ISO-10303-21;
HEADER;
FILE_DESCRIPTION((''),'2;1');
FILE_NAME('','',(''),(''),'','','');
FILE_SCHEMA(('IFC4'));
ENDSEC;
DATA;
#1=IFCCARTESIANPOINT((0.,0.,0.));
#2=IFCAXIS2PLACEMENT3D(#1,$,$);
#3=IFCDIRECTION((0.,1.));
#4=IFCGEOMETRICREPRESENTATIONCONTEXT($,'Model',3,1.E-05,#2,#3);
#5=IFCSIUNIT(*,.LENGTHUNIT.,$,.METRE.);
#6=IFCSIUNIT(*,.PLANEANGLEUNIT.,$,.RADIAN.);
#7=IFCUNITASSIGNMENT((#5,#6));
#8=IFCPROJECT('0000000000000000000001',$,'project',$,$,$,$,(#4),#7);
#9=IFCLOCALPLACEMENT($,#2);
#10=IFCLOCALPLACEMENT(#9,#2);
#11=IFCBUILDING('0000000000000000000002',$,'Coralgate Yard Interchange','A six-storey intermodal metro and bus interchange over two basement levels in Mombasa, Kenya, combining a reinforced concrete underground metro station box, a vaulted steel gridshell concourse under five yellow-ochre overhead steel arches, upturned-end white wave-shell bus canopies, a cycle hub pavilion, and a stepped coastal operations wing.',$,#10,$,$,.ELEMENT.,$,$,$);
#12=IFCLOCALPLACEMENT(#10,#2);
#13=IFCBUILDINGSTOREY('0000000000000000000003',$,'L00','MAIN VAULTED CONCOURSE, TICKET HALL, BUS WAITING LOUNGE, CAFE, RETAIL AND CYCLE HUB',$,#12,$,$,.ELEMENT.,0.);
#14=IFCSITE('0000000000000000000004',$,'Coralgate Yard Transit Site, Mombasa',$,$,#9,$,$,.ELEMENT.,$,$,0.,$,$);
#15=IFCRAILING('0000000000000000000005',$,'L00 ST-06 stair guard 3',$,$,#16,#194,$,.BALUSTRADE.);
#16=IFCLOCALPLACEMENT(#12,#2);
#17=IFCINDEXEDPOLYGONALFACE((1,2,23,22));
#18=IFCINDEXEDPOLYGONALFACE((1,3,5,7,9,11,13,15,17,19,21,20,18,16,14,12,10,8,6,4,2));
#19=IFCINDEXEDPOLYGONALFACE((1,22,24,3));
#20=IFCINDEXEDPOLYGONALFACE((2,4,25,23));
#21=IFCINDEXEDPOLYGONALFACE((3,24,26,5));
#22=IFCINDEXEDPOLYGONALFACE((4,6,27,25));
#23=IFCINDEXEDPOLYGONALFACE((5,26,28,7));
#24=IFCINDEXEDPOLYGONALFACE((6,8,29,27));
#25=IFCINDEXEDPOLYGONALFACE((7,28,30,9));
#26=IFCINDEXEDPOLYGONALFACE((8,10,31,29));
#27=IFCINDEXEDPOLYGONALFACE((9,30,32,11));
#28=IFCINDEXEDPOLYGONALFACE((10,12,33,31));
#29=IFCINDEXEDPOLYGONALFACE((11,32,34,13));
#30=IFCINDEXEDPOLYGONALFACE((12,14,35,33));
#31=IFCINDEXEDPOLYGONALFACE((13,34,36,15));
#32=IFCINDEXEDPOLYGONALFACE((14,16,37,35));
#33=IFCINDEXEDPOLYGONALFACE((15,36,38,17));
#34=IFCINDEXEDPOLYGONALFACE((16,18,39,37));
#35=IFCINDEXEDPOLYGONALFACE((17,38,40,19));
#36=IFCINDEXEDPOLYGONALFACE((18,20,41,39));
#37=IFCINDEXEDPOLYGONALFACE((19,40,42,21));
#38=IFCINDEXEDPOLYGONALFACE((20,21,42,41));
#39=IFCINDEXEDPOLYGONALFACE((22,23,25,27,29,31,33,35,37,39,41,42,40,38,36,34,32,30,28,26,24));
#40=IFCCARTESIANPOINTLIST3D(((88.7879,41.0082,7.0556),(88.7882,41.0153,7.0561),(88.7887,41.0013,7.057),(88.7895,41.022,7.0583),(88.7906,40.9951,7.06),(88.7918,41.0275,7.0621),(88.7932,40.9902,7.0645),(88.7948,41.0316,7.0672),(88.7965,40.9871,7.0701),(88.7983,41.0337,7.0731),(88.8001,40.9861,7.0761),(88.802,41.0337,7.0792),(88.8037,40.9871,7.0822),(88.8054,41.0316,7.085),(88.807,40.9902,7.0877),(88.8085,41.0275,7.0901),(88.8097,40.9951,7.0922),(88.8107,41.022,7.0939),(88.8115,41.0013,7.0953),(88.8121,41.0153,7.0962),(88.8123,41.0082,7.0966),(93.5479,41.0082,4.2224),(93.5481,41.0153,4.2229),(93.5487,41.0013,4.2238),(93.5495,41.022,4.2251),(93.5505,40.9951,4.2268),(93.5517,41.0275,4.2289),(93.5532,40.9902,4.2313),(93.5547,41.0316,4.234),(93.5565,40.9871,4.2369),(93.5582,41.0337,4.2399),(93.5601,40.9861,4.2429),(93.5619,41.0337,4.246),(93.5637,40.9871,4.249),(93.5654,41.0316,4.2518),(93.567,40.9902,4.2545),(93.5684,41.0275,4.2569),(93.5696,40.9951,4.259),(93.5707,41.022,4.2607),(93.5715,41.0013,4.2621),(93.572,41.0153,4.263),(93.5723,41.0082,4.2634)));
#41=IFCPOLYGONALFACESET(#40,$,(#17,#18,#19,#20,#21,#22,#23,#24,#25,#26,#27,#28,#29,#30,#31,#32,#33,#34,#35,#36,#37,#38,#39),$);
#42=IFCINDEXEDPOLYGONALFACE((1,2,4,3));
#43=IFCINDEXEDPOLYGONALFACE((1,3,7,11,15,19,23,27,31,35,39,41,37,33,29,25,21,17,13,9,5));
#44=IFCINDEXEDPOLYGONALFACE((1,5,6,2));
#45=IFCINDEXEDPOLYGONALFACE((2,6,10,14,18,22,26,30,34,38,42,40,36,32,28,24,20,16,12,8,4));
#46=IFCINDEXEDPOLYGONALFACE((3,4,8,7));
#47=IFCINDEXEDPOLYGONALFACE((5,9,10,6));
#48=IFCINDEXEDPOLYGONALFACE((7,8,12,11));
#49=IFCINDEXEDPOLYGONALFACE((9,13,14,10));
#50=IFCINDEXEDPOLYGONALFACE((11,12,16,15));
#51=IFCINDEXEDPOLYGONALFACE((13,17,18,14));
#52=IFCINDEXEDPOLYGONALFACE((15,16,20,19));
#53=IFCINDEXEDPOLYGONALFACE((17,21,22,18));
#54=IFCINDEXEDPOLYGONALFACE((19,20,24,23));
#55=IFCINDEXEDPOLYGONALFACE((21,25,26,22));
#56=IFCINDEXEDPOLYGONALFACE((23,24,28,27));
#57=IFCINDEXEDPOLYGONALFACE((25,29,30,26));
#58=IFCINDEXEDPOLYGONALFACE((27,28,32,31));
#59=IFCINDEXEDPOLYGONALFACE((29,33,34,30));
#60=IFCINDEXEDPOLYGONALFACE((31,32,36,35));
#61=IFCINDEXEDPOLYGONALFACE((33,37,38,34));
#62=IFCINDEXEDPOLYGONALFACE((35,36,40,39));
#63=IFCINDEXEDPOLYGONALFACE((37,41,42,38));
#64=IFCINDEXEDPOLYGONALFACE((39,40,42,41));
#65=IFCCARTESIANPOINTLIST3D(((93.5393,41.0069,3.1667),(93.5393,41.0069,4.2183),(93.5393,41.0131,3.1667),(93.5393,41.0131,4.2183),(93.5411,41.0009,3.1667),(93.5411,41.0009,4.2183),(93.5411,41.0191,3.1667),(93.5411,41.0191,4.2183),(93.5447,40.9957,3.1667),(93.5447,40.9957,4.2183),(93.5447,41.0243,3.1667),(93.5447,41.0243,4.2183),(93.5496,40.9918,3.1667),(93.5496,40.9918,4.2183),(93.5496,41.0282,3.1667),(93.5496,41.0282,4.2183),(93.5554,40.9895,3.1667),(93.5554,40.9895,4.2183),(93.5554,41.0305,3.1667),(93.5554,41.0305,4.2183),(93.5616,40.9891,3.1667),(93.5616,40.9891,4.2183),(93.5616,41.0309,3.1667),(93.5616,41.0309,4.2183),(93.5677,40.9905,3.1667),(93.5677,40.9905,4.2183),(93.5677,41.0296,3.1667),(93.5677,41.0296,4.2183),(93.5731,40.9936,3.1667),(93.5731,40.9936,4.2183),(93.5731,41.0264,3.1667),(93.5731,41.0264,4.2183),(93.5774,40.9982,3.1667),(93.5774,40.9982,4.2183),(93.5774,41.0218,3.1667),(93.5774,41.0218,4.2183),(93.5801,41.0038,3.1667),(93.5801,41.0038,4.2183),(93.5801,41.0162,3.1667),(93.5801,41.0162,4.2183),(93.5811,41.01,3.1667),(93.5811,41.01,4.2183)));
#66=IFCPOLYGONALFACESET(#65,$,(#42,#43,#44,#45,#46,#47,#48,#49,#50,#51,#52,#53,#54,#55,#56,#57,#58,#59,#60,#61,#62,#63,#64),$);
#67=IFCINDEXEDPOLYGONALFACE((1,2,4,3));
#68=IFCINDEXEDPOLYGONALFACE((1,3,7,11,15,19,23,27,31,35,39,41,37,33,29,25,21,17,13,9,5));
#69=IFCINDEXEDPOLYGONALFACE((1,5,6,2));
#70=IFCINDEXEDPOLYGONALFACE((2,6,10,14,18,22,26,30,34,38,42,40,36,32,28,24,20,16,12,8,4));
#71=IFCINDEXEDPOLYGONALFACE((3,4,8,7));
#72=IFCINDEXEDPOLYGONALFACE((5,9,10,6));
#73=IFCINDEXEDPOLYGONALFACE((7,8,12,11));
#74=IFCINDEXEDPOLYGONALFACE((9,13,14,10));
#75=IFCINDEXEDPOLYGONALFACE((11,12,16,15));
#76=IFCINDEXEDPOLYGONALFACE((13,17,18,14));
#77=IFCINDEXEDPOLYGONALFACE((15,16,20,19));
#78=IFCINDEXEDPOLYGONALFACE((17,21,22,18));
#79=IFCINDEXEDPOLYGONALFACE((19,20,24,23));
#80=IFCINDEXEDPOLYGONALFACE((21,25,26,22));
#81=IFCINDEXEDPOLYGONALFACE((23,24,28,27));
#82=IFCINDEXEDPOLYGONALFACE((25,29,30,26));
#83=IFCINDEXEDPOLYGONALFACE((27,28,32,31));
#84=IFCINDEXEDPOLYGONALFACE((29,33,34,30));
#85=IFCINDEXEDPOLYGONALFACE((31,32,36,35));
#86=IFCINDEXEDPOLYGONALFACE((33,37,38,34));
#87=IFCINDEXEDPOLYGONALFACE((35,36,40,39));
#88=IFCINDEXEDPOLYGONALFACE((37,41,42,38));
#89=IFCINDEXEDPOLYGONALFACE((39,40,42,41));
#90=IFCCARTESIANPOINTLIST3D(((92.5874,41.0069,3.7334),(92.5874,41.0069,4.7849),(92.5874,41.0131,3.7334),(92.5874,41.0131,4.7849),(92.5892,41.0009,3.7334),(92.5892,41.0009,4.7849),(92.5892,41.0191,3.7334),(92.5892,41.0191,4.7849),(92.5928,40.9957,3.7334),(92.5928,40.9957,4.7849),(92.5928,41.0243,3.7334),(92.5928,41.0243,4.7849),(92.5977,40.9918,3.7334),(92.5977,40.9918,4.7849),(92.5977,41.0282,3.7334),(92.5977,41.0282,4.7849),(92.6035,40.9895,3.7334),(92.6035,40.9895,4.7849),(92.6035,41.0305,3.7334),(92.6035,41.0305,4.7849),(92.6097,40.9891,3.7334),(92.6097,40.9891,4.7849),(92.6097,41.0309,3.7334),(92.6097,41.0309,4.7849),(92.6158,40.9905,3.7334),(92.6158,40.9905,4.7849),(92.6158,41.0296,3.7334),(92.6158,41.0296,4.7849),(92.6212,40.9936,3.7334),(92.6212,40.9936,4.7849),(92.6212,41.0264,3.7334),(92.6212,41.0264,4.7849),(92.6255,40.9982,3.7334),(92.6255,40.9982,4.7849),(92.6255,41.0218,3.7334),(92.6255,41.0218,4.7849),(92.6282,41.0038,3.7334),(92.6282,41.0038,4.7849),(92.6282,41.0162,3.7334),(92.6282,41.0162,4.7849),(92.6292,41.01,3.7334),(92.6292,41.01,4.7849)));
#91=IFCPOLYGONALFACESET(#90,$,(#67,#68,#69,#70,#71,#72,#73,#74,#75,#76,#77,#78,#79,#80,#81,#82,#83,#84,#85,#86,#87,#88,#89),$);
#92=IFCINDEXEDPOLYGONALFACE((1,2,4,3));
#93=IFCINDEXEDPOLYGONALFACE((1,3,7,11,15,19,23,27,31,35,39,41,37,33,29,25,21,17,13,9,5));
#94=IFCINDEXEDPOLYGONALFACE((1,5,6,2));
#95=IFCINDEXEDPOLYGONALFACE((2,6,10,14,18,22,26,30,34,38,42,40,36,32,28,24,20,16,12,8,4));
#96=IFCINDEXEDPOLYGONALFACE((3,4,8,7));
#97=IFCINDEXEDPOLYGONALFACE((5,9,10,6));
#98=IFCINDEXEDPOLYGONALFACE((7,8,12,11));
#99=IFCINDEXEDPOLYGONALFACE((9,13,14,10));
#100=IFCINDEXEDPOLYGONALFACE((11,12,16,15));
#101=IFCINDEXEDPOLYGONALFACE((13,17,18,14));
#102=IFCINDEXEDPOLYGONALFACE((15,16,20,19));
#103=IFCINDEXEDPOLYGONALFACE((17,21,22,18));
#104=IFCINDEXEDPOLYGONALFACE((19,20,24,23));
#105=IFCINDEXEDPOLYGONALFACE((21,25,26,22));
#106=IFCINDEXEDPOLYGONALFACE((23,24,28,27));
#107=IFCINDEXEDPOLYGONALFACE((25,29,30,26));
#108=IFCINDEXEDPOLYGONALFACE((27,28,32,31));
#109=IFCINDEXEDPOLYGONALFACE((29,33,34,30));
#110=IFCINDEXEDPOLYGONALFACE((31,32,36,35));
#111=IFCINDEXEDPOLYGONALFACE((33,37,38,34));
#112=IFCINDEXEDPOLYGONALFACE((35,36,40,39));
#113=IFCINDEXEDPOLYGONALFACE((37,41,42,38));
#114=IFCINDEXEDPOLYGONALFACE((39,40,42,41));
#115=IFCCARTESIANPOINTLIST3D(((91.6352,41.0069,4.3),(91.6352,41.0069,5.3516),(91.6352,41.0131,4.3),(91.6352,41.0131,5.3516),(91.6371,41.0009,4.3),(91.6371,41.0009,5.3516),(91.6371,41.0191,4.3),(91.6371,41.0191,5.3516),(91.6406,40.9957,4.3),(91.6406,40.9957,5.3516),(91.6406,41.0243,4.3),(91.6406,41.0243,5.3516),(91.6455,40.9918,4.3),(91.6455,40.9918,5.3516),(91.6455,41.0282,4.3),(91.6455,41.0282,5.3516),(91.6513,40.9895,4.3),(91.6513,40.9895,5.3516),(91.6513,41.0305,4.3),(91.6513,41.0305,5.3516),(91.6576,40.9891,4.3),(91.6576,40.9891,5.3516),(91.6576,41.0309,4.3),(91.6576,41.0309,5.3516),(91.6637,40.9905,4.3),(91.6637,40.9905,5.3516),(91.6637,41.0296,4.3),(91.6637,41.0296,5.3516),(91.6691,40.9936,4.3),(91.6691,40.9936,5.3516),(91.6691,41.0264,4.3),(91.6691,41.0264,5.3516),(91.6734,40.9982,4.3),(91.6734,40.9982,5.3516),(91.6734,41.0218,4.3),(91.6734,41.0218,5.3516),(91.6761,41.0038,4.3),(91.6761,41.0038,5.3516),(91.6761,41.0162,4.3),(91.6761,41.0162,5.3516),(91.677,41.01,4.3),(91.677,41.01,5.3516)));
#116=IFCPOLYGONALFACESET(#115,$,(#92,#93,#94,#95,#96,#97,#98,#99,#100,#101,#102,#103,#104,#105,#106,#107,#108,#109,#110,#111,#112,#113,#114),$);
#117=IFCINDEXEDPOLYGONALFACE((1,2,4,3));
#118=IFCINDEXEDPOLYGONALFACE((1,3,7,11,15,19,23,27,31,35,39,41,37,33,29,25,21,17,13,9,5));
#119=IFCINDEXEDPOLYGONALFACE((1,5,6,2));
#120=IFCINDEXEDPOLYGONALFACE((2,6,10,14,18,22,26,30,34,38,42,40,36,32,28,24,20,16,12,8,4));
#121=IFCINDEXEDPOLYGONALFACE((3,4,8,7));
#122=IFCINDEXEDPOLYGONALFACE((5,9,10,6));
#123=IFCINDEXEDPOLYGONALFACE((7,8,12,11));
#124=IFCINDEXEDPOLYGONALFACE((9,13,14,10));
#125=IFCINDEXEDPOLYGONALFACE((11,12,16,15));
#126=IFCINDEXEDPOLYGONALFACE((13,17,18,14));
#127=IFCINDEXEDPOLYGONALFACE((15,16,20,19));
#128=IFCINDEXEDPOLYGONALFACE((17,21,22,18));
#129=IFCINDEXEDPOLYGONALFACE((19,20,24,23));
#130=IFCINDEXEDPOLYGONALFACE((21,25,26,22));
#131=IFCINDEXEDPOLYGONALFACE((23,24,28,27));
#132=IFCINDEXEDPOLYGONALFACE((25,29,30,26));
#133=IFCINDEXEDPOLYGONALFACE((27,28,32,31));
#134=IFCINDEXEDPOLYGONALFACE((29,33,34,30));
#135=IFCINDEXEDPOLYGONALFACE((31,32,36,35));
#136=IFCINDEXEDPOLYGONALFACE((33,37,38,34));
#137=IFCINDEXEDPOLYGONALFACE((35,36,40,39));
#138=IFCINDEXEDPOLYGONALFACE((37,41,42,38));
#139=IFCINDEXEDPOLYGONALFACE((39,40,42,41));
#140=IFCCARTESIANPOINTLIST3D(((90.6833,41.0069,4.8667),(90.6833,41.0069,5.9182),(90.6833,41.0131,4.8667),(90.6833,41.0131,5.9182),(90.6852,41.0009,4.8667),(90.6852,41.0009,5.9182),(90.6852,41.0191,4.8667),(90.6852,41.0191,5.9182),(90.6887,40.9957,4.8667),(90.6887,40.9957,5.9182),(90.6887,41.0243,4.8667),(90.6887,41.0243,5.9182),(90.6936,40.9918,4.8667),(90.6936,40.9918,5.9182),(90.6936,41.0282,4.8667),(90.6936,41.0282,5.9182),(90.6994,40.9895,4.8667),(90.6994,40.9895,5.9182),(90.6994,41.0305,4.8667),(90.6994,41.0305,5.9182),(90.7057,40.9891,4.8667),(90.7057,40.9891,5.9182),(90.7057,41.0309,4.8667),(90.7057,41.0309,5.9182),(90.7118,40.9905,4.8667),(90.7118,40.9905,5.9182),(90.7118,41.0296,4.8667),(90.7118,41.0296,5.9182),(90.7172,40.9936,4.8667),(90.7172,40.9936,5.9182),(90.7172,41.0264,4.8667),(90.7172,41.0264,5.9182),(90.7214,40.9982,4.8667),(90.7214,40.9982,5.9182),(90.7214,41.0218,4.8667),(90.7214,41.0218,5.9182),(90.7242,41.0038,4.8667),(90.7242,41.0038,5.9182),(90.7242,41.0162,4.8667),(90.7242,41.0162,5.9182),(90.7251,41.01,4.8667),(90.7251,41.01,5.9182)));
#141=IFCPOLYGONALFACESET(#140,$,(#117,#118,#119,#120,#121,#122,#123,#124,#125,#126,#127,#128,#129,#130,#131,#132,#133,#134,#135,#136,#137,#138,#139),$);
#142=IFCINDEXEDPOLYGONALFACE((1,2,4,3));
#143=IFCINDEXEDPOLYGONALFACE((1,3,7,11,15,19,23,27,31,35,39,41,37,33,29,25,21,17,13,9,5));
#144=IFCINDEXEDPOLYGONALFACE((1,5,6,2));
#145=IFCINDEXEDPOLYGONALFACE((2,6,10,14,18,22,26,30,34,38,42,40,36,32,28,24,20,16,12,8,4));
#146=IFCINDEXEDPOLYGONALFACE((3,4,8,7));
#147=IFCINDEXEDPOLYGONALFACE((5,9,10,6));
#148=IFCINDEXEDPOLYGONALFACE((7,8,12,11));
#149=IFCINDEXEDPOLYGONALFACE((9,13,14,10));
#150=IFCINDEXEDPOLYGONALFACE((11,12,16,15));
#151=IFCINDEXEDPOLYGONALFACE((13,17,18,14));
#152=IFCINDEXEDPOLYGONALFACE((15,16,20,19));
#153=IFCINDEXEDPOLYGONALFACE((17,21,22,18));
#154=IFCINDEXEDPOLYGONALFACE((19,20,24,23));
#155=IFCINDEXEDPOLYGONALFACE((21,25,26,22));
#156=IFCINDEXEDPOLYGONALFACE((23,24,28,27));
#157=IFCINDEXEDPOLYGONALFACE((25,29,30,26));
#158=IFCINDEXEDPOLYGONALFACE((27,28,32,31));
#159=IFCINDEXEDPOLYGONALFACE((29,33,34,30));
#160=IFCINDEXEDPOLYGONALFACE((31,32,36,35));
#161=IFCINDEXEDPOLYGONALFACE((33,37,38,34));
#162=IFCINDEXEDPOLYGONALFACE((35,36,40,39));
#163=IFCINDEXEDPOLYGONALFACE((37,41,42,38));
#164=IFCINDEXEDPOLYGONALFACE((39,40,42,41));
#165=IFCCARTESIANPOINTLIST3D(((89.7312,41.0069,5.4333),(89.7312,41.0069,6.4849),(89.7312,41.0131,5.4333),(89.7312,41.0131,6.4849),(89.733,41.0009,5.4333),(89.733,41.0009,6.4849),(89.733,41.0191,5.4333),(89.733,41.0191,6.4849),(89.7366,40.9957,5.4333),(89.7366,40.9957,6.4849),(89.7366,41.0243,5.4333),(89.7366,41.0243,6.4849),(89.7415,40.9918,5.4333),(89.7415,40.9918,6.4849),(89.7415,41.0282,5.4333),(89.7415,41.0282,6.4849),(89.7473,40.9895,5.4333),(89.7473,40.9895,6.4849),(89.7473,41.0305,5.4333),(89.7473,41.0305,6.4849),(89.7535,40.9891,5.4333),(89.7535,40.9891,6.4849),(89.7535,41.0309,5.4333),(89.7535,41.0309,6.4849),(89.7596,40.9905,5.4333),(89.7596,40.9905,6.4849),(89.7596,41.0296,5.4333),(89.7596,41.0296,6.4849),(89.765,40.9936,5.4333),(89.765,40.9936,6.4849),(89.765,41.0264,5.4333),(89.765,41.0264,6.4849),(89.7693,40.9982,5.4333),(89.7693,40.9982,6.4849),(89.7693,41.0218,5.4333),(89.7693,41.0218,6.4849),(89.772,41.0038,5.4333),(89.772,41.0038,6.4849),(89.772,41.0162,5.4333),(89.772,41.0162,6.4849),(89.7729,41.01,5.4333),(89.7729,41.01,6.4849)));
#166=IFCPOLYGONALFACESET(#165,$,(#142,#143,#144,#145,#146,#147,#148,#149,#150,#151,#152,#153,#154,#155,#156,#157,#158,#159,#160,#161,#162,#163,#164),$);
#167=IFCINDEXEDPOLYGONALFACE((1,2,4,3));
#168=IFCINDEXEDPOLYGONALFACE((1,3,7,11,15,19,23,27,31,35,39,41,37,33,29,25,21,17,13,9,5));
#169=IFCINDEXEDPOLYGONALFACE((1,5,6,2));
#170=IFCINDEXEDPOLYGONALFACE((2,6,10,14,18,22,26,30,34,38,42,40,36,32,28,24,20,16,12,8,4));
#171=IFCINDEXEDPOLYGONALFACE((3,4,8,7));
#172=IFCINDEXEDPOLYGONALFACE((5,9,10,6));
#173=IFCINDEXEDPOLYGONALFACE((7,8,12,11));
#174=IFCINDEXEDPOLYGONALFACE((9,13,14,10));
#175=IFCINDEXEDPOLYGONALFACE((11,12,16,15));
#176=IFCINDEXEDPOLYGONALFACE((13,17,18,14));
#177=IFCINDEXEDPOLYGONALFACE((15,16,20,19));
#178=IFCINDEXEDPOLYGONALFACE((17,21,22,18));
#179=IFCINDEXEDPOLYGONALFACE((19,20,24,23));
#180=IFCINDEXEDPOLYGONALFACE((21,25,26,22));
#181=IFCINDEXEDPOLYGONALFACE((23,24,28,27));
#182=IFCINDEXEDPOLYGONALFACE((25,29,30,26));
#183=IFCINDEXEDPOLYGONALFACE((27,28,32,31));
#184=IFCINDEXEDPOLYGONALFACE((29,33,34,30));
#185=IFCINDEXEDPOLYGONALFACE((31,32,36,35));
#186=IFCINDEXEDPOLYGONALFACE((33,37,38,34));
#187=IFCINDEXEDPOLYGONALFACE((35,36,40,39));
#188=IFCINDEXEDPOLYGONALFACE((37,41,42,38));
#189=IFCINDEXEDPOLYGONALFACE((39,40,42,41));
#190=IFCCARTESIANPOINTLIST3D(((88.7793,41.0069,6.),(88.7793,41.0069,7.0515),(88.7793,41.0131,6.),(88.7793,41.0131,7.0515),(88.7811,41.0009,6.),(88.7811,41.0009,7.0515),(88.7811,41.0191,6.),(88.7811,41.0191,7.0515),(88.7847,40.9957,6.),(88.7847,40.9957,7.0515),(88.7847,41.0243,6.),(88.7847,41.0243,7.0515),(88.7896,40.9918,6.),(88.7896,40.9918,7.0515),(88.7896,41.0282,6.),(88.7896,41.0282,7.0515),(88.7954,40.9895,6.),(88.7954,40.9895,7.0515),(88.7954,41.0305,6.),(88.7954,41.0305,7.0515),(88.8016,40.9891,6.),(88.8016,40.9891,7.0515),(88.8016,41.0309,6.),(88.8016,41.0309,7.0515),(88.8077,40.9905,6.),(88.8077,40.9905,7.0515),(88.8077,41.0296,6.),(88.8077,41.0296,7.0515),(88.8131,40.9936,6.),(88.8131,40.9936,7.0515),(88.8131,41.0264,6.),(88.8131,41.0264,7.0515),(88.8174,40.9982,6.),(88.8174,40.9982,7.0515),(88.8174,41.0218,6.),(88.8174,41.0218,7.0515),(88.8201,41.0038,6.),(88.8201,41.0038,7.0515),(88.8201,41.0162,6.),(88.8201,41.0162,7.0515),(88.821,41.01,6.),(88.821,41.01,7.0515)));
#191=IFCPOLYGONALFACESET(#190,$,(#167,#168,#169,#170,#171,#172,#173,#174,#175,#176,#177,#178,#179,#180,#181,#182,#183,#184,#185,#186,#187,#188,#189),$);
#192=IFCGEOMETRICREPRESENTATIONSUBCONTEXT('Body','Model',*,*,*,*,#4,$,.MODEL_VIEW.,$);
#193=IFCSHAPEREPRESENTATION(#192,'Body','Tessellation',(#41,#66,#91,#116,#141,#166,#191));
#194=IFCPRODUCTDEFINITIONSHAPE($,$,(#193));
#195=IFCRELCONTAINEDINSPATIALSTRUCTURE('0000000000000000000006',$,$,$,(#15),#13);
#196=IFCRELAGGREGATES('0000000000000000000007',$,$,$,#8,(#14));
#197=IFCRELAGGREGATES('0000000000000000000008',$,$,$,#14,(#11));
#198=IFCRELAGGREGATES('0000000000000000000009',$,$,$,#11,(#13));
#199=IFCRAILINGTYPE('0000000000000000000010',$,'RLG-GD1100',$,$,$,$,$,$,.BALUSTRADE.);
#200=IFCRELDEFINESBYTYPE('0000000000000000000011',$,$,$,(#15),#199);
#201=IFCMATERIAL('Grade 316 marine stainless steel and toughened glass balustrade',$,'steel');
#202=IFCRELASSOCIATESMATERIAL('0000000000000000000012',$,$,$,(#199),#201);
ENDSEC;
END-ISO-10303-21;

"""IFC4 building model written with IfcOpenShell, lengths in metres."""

from ifc_helpers import new_model, si_unit, direction, frame, origin, origin_2d, place, context, subcontext, project, spatial, circle, extrude, material, type_object, element, save


model = new_model("IFC4")

# Units and contexts
model_context = context("Model", 3, precision=1e-05, world=origin(), true_north=direction((0.0, 1.0)))
body_context = subcontext(model_context, "Body", "Model", "MODEL_VIEW")
ifc_project = project(units=[si_unit("LENGTHUNIT", "METRE"), si_unit("PLANEANGLEUNIT", "RADIAN")], contexts=[model_context])

# Site, building, storey
site_placement = place(None, origin())
site = spatial("IfcSite", under=ifc_project, at=site_placement, Name="Coralgate Yard Transit Site, Mombasa", CompositionType="ELEMENT", RefElevation=0.0)
building_placement = place(site_placement, origin())
building = spatial("IfcBuilding", under=site, at=building_placement, Name="Coralgate Yard Interchange", Description="A six-storey intermodal metro and bus interchange over two basement levels in Mombasa, Kenya, combining a reinforced concrete underground metro station box, a vaulted steel gridshell concourse under five yellow-ochre overhead steel arches, upturned-end white wave-shell bus canopies, a cycle hub pavilion, and a stepped coastal operations wing.", CompositionType="ELEMENT")
storey_placement = place(building_placement, origin())
storey = spatial("IfcBuildingStorey", under=building, at=storey_placement, Name="L00", Description="MAIN VAULTED CONCOURSE, TICKET HALL, BUS WAITING LOUNGE, CAFE, RETAIL AND CYCLE HUB", CompositionType="ELEMENT", Elevation=0.0)

# Railing
ifc_material_1 = material(Name="Grade 316 marine stainless steel and toughened glass balustrade", Category="steel")
railing_type_1 = type_object("IfcRailingType", Name="RLG-GD1100", PredefinedType="BALUSTRADE", material=ifc_material_1)
railing_1_placement = place(storey_placement, frame((93.5601, 41.01, 3.1667)))
element("IfcRailing", 1, at=railing_1_placement, inside=storey, type_object=railing_type_1, Name="L00 ST-06 stair guard 3", PredefinedType="BALUSTRADE", context=body_context, shape_type="SweptSolid", body=[
    extrude(circle(Radius=0.0239, at=origin_2d()), frame((0.0, 0.0, 1.0762), z_axis=(-0.8593, 0.0, 0.511472), x_axis=(0.0, -1.0, 0.0)), (0.0, 0.0, 1.0), 5.5393),
    extrude(circle(Radius=0.021, at=origin_2d()), origin(), (0.0, 0.0, 1.0), 1.0515),
    extrude(circle(Radius=0.021, at=origin_2d()), frame((-0.9519, 0.0, 0.5667)), (0.0, 0.0, 1.0), 1.0515),
    extrude(circle(Radius=0.021, at=origin_2d()), frame((-1.9041, 0.0, 1.1333)), (0.0, 0.0, 1.0), 1.0515),
    extrude(circle(Radius=0.021, at=origin_2d()), frame((-2.856, 0.0, 1.7)), (0.0, 0.0, 1.0), 1.0515),
    extrude(circle(Radius=0.021, at=origin_2d()), frame((-3.8081, 0.0, 2.2666)), (0.0, 0.0, 1.0), 1.0515),
    extrude(circle(Radius=0.021, at=origin_2d()), frame((-4.76, 0.0, 2.8333)), (0.0, 0.0, 1.0), 1.0515),
])

save(model, "model.ifc")
